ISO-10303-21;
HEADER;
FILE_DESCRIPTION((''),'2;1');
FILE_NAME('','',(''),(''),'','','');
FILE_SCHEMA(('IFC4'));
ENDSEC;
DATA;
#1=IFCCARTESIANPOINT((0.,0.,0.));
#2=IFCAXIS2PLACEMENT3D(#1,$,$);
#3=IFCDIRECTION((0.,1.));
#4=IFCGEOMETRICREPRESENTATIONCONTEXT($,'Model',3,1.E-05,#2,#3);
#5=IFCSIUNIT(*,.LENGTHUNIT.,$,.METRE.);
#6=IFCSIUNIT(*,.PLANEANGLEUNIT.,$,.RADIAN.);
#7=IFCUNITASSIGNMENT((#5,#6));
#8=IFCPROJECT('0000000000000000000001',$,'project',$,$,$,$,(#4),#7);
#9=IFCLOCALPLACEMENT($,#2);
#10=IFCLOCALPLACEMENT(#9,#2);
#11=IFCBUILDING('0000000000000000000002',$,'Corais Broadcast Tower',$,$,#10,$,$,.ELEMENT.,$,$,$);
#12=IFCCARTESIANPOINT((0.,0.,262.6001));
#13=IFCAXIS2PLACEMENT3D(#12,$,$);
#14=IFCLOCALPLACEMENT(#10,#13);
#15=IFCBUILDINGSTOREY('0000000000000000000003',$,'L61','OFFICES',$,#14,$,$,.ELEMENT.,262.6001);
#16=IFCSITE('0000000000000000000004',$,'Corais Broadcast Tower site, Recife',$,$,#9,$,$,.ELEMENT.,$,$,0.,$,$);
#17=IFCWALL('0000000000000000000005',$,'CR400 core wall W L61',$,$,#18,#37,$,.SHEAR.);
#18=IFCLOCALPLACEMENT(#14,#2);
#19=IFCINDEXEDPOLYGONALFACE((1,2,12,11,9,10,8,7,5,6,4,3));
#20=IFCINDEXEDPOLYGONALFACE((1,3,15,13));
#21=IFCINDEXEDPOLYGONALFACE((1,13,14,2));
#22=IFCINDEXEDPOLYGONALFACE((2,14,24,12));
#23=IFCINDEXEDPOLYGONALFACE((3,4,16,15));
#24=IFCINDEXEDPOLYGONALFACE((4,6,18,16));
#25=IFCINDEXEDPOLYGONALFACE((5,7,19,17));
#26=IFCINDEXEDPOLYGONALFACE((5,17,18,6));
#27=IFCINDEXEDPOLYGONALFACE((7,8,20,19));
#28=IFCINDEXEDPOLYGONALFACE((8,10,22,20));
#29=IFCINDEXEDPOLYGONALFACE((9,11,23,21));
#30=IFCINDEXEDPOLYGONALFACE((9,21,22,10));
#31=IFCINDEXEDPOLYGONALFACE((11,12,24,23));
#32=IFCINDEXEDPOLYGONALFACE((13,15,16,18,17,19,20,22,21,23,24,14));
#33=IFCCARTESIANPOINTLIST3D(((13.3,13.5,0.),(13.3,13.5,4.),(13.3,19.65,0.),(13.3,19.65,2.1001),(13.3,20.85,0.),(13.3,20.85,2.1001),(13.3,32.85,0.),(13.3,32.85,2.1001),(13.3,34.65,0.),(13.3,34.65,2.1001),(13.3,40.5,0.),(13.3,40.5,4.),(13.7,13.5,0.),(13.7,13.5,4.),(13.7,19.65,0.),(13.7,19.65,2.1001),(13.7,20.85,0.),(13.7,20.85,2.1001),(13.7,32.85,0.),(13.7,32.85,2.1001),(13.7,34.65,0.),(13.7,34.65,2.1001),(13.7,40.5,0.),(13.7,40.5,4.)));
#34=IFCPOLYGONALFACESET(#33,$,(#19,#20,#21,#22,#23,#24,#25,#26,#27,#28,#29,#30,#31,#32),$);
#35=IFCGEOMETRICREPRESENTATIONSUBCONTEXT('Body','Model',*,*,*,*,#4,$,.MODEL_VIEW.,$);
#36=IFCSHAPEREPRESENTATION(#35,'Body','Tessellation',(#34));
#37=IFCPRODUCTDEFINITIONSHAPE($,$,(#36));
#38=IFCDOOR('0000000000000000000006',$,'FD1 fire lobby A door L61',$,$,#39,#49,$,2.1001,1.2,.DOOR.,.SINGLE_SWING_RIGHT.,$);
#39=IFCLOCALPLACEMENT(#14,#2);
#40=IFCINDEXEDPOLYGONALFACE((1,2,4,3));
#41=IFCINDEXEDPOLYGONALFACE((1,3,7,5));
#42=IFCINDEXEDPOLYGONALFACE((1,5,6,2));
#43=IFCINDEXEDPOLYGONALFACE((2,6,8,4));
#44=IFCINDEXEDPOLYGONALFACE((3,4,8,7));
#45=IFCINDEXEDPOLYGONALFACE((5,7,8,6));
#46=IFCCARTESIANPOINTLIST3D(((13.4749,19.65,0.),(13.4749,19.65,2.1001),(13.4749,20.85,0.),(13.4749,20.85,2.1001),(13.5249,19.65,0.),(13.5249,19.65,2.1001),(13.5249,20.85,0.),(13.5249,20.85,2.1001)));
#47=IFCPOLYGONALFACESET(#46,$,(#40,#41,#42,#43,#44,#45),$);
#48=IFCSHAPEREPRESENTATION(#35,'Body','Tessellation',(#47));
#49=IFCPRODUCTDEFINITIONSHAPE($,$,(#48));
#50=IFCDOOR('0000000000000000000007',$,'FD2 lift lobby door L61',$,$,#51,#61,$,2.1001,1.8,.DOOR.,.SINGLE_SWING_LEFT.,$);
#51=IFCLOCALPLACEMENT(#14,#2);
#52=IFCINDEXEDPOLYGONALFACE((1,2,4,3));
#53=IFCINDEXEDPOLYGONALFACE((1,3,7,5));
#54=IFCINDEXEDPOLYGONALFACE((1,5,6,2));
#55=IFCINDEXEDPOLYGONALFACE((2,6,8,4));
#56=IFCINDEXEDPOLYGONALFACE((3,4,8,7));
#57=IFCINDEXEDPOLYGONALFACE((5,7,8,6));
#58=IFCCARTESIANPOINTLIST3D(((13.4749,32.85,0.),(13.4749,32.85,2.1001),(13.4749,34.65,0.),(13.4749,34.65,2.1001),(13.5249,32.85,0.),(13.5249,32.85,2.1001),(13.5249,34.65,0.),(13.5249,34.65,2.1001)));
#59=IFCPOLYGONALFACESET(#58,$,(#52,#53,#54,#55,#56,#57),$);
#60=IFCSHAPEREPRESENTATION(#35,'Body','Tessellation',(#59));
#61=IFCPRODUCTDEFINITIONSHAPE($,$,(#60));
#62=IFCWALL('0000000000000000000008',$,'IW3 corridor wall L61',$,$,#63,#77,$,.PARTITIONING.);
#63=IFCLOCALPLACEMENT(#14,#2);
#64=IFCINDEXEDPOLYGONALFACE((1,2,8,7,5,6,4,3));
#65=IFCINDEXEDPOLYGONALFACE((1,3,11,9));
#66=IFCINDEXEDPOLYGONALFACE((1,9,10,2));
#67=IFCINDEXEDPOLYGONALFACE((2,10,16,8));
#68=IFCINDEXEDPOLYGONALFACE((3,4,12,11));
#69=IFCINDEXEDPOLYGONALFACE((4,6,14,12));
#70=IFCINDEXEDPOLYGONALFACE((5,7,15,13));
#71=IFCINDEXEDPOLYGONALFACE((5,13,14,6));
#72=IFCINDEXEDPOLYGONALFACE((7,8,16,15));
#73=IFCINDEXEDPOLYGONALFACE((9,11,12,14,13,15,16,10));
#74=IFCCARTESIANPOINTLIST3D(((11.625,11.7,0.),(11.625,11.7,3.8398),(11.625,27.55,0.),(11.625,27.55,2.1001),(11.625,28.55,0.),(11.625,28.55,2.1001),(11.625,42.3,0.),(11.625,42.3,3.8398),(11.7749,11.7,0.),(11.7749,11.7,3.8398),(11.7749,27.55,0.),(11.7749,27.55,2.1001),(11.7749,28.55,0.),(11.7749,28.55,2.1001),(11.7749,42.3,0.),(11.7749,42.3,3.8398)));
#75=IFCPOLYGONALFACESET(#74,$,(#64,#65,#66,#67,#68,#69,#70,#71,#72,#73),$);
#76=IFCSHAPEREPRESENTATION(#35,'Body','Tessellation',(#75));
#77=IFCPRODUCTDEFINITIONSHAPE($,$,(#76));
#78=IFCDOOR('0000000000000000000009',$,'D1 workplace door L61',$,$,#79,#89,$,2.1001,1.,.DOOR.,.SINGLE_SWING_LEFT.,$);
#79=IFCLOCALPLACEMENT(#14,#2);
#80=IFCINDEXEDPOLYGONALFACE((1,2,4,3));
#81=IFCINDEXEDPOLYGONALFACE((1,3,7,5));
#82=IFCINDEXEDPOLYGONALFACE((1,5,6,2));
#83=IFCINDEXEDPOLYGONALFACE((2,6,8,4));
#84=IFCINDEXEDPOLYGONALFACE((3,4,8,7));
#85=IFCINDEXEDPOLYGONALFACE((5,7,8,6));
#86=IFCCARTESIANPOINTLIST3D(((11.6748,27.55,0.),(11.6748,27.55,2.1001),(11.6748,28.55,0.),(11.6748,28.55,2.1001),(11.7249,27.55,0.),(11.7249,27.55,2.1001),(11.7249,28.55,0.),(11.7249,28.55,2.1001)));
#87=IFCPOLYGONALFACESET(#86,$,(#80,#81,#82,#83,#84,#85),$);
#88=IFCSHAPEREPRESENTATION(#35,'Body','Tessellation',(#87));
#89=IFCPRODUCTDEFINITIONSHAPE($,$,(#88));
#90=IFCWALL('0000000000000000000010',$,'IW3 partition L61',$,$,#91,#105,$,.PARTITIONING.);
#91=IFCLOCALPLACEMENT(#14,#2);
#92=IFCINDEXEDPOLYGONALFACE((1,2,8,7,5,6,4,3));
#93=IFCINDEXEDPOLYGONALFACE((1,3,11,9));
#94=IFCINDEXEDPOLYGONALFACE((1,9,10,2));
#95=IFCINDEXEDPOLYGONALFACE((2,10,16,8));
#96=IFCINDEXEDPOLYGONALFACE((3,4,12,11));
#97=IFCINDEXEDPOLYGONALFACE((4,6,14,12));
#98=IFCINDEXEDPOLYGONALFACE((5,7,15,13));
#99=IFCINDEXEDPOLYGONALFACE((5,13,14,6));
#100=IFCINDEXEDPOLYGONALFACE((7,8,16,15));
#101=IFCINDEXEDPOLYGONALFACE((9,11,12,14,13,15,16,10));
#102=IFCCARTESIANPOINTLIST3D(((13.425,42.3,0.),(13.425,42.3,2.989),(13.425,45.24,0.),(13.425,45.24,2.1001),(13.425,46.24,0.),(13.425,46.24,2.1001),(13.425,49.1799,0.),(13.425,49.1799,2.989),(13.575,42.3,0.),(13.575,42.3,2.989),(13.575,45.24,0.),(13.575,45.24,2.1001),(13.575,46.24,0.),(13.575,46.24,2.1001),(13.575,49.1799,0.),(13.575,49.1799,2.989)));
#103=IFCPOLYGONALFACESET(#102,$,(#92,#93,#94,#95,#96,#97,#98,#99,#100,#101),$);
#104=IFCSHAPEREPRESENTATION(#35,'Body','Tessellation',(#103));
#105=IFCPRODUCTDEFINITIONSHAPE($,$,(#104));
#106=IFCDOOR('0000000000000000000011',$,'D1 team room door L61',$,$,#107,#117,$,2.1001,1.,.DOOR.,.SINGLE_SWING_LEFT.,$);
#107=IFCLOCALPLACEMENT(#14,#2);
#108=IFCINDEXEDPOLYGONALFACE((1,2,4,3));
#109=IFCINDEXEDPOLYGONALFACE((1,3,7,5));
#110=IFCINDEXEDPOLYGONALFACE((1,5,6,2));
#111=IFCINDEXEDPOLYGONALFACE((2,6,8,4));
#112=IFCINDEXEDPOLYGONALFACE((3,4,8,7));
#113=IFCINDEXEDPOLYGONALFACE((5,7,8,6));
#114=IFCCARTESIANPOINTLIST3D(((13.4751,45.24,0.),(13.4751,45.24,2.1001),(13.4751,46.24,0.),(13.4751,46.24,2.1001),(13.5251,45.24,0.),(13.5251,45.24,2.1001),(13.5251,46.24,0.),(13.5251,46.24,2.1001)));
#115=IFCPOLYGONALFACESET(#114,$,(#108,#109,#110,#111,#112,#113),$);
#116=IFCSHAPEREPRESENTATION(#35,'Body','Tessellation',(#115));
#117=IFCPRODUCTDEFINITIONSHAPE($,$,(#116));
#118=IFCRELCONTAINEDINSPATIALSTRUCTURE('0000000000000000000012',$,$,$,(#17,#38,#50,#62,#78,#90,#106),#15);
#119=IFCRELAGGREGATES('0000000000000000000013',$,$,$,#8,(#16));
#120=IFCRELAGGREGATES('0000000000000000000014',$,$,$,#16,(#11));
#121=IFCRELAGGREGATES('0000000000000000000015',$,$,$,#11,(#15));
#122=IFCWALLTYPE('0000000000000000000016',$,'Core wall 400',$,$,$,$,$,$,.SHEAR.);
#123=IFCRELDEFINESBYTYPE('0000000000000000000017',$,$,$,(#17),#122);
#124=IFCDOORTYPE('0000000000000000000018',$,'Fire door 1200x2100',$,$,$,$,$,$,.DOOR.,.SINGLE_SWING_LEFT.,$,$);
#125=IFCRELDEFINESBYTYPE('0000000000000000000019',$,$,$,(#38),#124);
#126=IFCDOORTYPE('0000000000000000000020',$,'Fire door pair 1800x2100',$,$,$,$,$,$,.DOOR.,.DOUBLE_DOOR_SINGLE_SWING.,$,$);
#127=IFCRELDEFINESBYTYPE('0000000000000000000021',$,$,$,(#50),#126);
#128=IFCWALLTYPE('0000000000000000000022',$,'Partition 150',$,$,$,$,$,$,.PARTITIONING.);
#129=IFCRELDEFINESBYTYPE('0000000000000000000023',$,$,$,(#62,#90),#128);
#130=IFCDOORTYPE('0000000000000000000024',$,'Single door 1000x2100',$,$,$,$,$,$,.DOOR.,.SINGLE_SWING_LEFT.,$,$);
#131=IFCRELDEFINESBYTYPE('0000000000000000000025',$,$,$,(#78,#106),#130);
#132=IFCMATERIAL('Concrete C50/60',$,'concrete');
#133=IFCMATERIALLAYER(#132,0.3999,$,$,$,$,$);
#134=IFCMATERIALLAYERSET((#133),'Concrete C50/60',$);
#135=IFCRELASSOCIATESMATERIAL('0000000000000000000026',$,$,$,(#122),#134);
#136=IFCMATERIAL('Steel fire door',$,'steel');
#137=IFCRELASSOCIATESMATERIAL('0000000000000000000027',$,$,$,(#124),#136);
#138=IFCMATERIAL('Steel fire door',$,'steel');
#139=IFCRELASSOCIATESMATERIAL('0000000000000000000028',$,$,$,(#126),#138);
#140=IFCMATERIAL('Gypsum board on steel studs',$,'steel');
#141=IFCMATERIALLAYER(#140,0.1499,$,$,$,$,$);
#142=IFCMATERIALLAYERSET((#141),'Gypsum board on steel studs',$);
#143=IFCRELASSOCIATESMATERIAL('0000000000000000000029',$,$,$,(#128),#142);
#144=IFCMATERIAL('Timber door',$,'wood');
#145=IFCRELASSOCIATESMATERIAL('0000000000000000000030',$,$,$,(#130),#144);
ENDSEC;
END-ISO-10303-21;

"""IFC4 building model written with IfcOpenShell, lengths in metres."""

from ifc_helpers import new_model, si_unit, direction, frame, frame_2d, origin, place, context, subcontext, project, spatial, rectangle, extrude, material, layer, layer_set, type_object, element, fill, save


model = new_model("IFC4")

# Units and contexts
model_context = context("Model", 3, precision=1e-05, world=origin(), true_north=direction((0.0, 1.0)))
body_context = subcontext(model_context, "Body", "Model", "MODEL_VIEW")
ifc_project = project(units=[si_unit("LENGTHUNIT", "METRE"), si_unit("PLANEANGLEUNIT", "RADIAN")], contexts=[model_context])

# Site, building, storey
site_placement = place(None, origin())
site = spatial("IfcSite", under=ifc_project, at=site_placement, Name="Corais Broadcast Tower site, Recife", CompositionType="ELEMENT", RefElevation=0.0)
building_placement = place(site_placement, origin())
building = spatial("IfcBuilding", under=site, at=building_placement, Name="Corais Broadcast Tower", CompositionType="ELEMENT")
storey_placement = place(building_placement, frame((0.0, 0.0, 262.6001)))
storey = spatial("IfcBuildingStorey", under=building, at=storey_placement, Name="L61", Description="OFFICES", CompositionType="ELEMENT", Elevation=262.6001)

# Wall, openings, doors
ifc_material_1 = material(Name="Concrete C50/60", Category="concrete")
ifc_layer_1 = layer(ifc_material_1, 0.3999)
ifc_layer_set_1 = layer_set([ifc_layer_1], Name="Concrete C50/60")
wall_type_1 = type_object("IfcWallType", Name="Core wall 400", PredefinedType="SHEAR", material=ifc_layer_set_1)
wall_1_placement = place(storey_placement, frame((13.5, 40.5, 0.0), z_axis=(0.0, 0.0, 1.0), x_axis=(0.0, -1.0, 0.0)))
wall_1 = element("IfcWall", 1, at=wall_1_placement, inside=storey, type_object=wall_type_1, Name="CR400 core wall W L61", PredefinedType="SHEAR", context=body_context, shape_type="SweptSolid", body=[
    extrude(rectangle(XDim=27.0, YDim=0.3999, at=frame_2d((13.5, 0.0))), origin(), (0.0, 0.0, 1.0), 4.0),
])
opening_1_placement = place(wall_1_placement, frame((19.6499, 0.0, 0.0)))
opening_1 = element("IfcOpeningElement", 2, at=opening_1_placement, cuts=wall_1, PredefinedType="OPENING", context=body_context, shape_type="SweptSolid", body=[
    extrude(rectangle(XDim=1.2, YDim=2.1001, at=frame_2d((0.6001, 1.05))), frame((0.0, 0.21, 0.0), z_axis=(0.0, -1.0, 0.0), x_axis=(1.0, 0.0, 0.0)), (0.0, 0.0, 1.0), 0.4199),
])
opening_2_placement = place(wall_1_placement, frame((5.8501, 0.0, 0.0)))
opening_2 = element("IfcOpeningElement", 3, at=opening_2_placement, cuts=wall_1, PredefinedType="OPENING", context=body_context, shape_type="SweptSolid", body=[
    extrude(rectangle(XDim=1.8, YDim=2.1001, at=frame_2d((0.8999, 1.05))), frame((0.0, 0.21, 0.0), z_axis=(0.0, -1.0, 0.0), x_axis=(1.0, 0.0, 0.0)), (0.0, 0.0, 1.0), 0.4199),
])
ifc_material_2 = material(Name="Steel fire door", Category="steel")
door_type_1 = type_object("IfcDoorType", Name="Fire door 1200x2100", OperationType="SINGLE_SWING_LEFT", PredefinedType="DOOR", material=ifc_material_2)
door_1_placement = place(opening_1_placement, origin())
door_1 = element("IfcDoor", 4, at=door_1_placement, inside=storey, type_object=door_type_1, Name="FD1 fire lobby A door L61", OperationType="SINGLE_SWING_RIGHT", OverallHeight=2.1001, OverallWidth=1.2, PredefinedType="DOOR", context=body_context, shape_type="SweptSolid", body=[
    extrude(rectangle(XDim=1.2, YDim=2.1001, at=frame_2d((0.6001, 1.05))), frame((0.0, 0.0249, 0.0), z_axis=(0.0, -1.0, 0.0), x_axis=(1.0, 0.0, 0.0)), (0.0, 0.0, 1.0), 0.05),
])
fill(opening_1, door_1)
ifc_material_3 = material(Name="Steel fire door", Category="steel")
door_type_2 = type_object("IfcDoorType", Name="Fire door pair 1800x2100", OperationType="DOUBLE_DOOR_SINGLE_SWING", PredefinedType="DOOR", material=ifc_material_3)
door_2_placement = place(opening_2_placement, origin())
door_2 = element("IfcDoor", 5, at=door_2_placement, inside=storey, type_object=door_type_2, Name="FD2 lift lobby door L61", OperationType="SINGLE_SWING_LEFT", OverallHeight=2.1001, OverallWidth=1.8, PredefinedType="DOOR", context=body_context, shape_type="SweptSolid", body=[
    extrude(rectangle(XDim=1.8, YDim=2.1001, at=frame_2d((0.8999, 1.05))), frame((0.0, 0.0249, 0.0), z_axis=(0.0, -1.0, 0.0), x_axis=(1.0, 0.0, 0.0)), (0.0, 0.0, 1.0), 0.05),
])
fill(opening_2, door_2)

# Walls, openings, doors
ifc_material_4 = material(Name="Gypsum board on steel studs", Category="steel")
ifc_layer_2 = layer(ifc_material_4, 0.1499)
ifc_layer_set_2 = layer_set([ifc_layer_2], Name="Gypsum board on steel studs")
wall_type_2 = type_object("IfcWallType", Name="Partition 150", PredefinedType="PARTITIONING", material=ifc_layer_set_2)
wall_2_placement = place(storey_placement, frame((11.7, 42.3, 0.0), z_axis=(0.0, 0.0, 1.0), x_axis=(0.0, -1.0, 0.0)))
wall_2 = element("IfcWall", 6, at=wall_2_placement, inside=storey, type_object=wall_type_2, Name="IW3 corridor wall L61", PredefinedType="PARTITIONING", context=body_context, shape_type="SweptSolid", body=[
    extrude(rectangle(XDim=30.6001, YDim=0.1499, at=frame_2d((15.3, 0.0))), origin(), (0.0, 0.0, 1.0), 3.8398),
])
opening_3_placement = place(wall_2_placement, frame((13.75, 0.0, 0.0)))
opening_3 = element("IfcOpeningElement", 7, at=opening_3_placement, cuts=wall_2, PredefinedType="OPENING", context=body_context, shape_type="SweptSolid", body=[
    extrude(rectangle(XDim=1.0, YDim=2.1001, at=frame_2d((0.5, 1.05))), frame((0.0, 0.085, 0.0), z_axis=(0.0, -1.0, 0.0), x_axis=(1.0, 0.0, 0.0)), (0.0, 0.0, 1.0), 0.1699),
])
ifc_material_5 = material(Name="Timber door", Category="wood")
door_type_3 = type_object("IfcDoorType", Name="Single door 1000x2100", OperationType="SINGLE_SWING_LEFT", PredefinedType="DOOR", material=ifc_material_5)
door_3_placement = place(opening_3_placement, origin())
door_3 = element("IfcDoor", 8, at=door_3_placement, inside=storey, type_object=door_type_3, Name="D1 workplace door L61", OperationType="SINGLE_SWING_LEFT", OverallHeight=2.1001, OverallWidth=1.0, PredefinedType="DOOR", context=body_context, shape_type="SweptSolid", body=[
    extrude(rectangle(XDim=1.0, YDim=2.1001, at=frame_2d((0.5, 1.05))), frame((0.0, 0.0249, 0.0), z_axis=(0.0, -1.0, 0.0), x_axis=(1.0, 0.0, 0.0)), (0.0, 0.0, 1.0), 0.05),
])
fill(opening_3, door_3)
wall_3_placement = place(storey_placement, frame((13.5, 42.3, 0.0), z_axis=(0.0, 0.0, 1.0), x_axis=(0.0, 1.0, 0.0)))
wall_3 = element("IfcWall", 9, at=wall_3_placement, inside=storey, type_object=wall_type_2, Name="IW3 partition L61", PredefinedType="PARTITIONING", context=body_context, shape_type="SweptSolid", body=[
    extrude(rectangle(XDim=6.8799, YDim=0.1499, at=frame_2d((3.4399, 0.0))), origin(), (0.0, 0.0, 1.0), 2.989),
])
opening_4_placement = place(wall_3_placement, frame((2.9399, 0.0, 0.0)))
opening_4 = element("IfcOpeningElement", 10, at=opening_4_placement, cuts=wall_3, PredefinedType="OPENING", context=body_context, shape_type="SweptSolid", body=[
    extrude(rectangle(XDim=1.0, YDim=2.1001, at=frame_2d((0.5, 1.05))), frame((0.0, 0.085, 0.0), z_axis=(0.0, -1.0, 0.0), x_axis=(1.0, 0.0, 0.0)), (0.0, 0.0, 1.0), 0.1699),
])
door_4_placement = place(opening_4_placement, origin())
door_4 = element("IfcDoor", 11, at=door_4_placement, inside=storey, type_object=door_type_3, Name="D1 team room door L61", OperationType="SINGLE_SWING_LEFT", OverallHeight=2.1001, OverallWidth=1.0, PredefinedType="DOOR", context=body_context, shape_type="SweptSolid", body=[
    extrude(rectangle(XDim=1.0, YDim=2.1001, at=frame_2d((0.5, 1.05))), frame((0.0, 0.0249, 0.0), z_axis=(0.0, -1.0, 0.0), x_axis=(1.0, 0.0, 0.0)), (0.0, 0.0, 1.0), 0.05),
])
fill(opening_4, door_4)

save(model, "model.ifc")
